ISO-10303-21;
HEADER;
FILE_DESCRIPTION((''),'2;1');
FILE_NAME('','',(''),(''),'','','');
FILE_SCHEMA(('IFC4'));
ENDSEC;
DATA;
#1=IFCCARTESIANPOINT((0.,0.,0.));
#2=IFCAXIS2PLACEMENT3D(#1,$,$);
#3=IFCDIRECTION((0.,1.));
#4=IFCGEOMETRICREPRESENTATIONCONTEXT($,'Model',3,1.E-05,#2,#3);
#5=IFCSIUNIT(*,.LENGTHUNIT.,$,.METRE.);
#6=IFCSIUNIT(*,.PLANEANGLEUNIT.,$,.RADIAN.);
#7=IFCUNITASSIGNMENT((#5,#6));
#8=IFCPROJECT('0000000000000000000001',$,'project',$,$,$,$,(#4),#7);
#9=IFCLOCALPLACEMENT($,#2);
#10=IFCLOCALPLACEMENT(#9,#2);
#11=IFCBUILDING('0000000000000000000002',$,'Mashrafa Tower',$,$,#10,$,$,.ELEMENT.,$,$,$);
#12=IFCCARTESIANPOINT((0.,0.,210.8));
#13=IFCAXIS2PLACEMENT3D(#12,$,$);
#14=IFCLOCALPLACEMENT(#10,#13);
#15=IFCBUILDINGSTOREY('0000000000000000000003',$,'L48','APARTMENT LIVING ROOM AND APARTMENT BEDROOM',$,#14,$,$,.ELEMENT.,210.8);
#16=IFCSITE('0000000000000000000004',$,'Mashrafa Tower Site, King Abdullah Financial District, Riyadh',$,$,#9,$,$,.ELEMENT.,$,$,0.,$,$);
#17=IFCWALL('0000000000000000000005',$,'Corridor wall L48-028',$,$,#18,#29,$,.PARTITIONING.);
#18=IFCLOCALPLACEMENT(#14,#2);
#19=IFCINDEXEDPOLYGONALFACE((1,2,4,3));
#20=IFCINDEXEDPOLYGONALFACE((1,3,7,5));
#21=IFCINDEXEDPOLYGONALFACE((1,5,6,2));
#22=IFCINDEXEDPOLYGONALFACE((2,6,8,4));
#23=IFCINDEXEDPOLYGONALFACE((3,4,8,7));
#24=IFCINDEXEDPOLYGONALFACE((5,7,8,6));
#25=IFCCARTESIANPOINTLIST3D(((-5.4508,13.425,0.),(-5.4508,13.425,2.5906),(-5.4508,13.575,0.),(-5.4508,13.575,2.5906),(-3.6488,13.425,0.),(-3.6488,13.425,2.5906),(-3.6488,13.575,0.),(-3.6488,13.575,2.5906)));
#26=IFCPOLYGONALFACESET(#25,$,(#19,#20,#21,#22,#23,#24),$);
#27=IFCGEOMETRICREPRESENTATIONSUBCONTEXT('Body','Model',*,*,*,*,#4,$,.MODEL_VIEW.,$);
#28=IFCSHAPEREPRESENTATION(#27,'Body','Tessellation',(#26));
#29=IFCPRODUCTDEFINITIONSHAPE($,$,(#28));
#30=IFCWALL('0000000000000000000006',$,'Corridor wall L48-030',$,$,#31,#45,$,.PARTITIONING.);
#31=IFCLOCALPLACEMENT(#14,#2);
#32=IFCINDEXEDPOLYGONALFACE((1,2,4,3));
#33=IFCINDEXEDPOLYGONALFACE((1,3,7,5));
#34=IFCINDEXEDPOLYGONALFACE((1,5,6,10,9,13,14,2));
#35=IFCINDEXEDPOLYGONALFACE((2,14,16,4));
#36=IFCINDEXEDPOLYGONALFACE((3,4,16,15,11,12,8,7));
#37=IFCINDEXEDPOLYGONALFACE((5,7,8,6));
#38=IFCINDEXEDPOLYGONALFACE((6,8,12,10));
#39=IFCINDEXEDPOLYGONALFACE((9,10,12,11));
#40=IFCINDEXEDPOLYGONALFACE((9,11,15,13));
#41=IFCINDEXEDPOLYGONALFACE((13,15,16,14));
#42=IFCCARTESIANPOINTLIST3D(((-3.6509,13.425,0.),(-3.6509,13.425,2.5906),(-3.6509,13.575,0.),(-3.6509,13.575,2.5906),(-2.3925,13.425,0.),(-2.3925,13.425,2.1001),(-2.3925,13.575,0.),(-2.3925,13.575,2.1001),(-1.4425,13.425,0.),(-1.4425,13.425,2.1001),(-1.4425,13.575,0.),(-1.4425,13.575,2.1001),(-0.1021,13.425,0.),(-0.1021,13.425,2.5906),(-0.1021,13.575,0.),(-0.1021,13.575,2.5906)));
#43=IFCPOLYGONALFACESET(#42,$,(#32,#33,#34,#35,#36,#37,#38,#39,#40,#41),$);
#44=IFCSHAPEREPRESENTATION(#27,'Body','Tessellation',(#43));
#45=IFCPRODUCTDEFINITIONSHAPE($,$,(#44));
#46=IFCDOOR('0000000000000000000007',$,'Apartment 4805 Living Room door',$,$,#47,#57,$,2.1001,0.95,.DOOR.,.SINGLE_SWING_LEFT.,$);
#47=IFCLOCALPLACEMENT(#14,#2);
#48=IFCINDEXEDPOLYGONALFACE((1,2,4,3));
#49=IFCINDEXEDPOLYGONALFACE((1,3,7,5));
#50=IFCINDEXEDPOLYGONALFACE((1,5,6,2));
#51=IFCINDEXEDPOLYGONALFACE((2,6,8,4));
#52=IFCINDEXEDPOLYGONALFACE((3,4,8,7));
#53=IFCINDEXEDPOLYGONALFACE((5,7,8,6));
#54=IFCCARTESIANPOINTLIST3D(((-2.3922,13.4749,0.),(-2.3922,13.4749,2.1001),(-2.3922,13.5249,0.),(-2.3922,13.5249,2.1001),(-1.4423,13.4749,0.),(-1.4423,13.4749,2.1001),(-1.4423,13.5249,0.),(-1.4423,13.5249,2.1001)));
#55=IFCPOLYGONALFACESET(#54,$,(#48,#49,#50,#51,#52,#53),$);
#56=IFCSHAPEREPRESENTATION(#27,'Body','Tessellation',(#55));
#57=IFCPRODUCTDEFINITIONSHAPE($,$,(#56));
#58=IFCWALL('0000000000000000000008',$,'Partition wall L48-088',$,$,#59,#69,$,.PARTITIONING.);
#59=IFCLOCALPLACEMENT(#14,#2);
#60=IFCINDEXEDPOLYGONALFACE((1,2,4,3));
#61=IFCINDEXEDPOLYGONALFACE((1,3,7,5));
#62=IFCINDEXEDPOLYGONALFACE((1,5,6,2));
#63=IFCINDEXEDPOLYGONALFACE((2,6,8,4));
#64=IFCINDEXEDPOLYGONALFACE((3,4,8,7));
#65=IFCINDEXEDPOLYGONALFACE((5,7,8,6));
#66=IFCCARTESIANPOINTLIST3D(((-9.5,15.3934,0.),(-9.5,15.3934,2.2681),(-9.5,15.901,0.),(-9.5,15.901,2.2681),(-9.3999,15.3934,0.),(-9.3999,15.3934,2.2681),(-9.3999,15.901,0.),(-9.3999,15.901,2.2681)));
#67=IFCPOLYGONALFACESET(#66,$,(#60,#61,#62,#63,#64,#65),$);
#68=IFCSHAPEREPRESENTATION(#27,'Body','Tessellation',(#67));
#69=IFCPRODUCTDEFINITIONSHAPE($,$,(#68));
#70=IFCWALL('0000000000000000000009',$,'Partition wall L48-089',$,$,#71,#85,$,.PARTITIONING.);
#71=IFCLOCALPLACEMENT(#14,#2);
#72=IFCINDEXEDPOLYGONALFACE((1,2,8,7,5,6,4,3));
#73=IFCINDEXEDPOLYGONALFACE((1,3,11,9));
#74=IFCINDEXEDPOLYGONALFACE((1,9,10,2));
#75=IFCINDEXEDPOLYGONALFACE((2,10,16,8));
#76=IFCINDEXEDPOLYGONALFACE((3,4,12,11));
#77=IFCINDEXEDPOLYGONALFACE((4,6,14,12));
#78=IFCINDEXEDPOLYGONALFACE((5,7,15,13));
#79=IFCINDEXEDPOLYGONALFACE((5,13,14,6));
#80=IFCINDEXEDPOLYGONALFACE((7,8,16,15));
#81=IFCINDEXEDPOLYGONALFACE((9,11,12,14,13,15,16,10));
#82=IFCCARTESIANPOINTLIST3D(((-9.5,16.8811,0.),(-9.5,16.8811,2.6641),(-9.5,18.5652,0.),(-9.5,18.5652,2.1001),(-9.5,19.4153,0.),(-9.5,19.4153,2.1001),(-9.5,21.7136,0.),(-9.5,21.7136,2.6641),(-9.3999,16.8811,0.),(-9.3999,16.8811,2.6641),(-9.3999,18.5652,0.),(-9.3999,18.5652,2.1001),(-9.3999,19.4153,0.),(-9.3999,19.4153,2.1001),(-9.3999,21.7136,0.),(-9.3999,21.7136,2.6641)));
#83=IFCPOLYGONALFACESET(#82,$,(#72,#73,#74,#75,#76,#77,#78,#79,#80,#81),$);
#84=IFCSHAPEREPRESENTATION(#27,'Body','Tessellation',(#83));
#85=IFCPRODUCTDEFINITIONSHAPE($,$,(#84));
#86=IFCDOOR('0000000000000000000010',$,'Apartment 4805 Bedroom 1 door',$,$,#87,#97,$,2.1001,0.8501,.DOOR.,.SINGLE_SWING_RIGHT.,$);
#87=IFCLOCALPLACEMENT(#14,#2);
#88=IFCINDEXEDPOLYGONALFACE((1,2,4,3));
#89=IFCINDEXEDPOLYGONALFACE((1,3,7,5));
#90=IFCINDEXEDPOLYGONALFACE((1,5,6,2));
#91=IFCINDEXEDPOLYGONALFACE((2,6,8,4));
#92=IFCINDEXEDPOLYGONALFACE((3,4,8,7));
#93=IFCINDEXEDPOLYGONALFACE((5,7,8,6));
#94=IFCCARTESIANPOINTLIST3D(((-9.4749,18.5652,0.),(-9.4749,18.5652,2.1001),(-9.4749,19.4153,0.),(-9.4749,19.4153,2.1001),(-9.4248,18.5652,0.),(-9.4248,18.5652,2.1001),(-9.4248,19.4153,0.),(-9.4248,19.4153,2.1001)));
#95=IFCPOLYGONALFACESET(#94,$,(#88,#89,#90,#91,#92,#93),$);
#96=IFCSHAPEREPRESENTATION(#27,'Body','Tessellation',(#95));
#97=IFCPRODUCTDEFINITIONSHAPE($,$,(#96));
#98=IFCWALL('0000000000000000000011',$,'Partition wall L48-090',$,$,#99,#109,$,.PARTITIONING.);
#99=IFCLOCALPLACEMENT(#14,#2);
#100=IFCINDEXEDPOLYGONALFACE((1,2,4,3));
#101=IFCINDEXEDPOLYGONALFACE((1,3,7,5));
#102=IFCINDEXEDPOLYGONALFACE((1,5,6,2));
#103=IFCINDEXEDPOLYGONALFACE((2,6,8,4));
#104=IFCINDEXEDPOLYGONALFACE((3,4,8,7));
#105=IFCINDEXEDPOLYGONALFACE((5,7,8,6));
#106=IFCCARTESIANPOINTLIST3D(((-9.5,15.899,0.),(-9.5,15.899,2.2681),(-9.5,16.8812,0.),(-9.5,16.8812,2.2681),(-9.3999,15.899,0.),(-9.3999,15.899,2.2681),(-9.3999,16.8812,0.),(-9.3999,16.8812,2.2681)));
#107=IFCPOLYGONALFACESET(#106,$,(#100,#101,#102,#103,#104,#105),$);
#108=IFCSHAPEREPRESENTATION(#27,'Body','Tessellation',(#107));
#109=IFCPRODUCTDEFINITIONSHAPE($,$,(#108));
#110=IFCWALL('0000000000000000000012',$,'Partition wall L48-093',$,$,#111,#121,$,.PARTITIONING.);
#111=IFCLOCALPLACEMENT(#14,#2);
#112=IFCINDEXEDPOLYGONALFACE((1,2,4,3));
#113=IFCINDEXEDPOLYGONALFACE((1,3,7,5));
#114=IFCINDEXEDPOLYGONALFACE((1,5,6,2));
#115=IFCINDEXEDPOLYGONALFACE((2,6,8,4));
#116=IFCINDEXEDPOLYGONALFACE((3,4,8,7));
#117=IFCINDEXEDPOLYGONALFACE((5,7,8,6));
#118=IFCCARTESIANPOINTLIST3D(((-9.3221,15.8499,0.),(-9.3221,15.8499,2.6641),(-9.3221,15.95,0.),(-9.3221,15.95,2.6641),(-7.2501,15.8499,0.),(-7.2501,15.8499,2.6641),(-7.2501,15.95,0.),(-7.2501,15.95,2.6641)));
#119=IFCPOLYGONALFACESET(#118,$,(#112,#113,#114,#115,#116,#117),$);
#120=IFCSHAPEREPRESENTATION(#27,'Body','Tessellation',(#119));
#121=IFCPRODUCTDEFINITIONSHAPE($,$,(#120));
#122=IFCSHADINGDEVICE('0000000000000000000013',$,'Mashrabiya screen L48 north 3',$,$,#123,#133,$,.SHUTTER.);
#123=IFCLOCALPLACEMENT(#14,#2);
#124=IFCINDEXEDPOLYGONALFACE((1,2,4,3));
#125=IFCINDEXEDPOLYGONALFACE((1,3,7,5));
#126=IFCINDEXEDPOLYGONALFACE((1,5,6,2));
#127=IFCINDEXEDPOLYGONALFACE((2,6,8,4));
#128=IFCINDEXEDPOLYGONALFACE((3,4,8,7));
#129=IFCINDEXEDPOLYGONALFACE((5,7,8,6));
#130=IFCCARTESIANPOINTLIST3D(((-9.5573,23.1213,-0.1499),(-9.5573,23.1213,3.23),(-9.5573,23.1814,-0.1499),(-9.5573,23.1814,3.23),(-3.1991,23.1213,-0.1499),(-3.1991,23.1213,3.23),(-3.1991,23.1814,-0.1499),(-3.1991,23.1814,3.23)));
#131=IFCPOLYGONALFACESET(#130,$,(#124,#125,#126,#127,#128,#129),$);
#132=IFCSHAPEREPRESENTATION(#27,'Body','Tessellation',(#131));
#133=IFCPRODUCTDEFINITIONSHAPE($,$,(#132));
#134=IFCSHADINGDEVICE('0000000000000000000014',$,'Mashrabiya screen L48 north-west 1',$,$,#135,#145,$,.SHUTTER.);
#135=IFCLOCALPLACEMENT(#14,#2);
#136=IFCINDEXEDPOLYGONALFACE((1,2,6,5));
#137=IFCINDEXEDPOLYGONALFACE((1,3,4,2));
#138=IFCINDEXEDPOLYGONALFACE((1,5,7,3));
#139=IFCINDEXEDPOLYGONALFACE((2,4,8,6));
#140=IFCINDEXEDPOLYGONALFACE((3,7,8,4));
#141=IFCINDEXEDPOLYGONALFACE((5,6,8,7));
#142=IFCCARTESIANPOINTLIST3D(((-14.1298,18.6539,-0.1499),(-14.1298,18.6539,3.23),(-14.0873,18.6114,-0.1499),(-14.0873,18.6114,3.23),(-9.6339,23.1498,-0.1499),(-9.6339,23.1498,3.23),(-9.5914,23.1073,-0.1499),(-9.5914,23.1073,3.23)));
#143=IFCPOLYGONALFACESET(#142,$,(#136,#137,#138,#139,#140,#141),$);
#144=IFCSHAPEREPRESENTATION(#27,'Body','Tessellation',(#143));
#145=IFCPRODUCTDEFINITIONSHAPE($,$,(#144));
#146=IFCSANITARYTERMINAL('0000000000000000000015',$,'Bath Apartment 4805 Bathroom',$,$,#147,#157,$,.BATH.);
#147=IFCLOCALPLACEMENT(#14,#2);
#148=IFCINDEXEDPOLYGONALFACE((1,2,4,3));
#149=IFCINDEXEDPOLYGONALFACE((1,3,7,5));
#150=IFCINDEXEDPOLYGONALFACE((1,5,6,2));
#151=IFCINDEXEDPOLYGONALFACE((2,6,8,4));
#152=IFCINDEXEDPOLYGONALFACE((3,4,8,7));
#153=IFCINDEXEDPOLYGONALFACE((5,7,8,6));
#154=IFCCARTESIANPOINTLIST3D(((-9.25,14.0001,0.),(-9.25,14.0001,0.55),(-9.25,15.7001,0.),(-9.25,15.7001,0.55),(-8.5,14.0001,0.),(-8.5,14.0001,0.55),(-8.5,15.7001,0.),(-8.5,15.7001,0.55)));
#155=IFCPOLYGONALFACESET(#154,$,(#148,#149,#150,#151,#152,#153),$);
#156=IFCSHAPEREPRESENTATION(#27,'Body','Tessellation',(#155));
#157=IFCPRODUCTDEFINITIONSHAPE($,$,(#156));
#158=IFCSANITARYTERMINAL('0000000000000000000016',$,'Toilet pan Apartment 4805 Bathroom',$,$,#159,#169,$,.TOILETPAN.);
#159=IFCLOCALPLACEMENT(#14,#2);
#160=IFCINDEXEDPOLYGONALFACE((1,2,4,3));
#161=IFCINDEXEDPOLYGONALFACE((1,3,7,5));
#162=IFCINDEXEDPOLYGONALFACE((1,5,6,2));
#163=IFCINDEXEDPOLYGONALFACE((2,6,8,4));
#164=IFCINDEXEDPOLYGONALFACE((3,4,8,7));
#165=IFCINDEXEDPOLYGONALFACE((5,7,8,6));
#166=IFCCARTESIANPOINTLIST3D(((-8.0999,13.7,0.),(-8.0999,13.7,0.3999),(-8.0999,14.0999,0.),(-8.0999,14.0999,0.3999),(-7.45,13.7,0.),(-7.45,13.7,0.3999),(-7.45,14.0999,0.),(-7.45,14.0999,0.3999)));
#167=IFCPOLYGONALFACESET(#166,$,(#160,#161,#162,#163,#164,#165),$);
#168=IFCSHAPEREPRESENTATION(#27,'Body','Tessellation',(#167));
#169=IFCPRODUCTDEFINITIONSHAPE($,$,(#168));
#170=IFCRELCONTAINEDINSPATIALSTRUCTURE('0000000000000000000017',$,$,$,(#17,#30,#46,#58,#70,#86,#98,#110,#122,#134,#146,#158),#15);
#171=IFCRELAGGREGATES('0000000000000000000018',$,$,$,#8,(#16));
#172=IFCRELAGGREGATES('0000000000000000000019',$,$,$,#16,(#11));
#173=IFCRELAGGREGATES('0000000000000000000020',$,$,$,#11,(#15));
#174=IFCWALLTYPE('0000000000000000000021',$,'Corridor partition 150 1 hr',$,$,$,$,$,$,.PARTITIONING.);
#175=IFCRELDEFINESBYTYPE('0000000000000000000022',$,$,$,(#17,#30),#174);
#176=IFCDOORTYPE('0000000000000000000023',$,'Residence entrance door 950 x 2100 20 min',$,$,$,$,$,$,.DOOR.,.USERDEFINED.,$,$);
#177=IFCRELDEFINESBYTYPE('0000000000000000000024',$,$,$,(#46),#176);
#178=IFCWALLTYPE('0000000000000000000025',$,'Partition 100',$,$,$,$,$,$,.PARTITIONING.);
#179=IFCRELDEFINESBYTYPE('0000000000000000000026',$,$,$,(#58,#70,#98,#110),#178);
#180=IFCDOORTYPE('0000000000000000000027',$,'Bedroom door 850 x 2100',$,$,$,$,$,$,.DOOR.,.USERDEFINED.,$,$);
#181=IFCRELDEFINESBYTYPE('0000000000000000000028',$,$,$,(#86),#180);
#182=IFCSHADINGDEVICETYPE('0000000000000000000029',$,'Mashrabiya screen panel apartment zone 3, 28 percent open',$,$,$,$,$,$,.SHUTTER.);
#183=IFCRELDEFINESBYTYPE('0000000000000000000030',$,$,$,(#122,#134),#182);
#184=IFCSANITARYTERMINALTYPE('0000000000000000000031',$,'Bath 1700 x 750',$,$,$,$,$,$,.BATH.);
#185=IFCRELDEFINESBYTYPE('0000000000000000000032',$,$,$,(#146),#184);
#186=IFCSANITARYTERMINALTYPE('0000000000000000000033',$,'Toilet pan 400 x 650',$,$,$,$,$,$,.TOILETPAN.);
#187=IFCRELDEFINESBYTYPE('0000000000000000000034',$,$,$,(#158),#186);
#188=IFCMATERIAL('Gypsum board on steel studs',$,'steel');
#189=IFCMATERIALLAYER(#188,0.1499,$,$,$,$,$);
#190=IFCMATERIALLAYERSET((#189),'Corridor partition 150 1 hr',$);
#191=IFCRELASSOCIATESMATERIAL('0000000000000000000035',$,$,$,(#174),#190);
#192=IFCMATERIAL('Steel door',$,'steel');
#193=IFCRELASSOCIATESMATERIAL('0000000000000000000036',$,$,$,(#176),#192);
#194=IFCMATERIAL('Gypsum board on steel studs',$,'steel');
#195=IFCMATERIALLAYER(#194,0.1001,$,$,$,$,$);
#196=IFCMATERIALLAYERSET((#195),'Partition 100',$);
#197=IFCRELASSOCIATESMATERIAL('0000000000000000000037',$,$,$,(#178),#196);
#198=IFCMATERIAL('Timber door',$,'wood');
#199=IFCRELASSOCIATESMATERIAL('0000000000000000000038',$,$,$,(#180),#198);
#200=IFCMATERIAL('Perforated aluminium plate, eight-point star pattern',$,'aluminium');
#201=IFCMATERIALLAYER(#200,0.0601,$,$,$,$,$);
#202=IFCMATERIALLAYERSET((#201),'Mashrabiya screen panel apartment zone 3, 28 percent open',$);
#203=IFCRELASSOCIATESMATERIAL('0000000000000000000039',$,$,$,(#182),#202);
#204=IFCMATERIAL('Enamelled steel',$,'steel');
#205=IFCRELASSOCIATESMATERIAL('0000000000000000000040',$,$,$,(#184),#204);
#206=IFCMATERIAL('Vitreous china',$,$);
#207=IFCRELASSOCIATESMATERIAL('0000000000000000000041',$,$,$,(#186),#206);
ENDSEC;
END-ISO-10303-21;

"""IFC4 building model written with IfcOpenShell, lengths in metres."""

from ifc_helpers import new_model, si_unit, direction, frame, frame_2d, origin, origin_2d, place, context, subcontext, project, spatial, rectangle, extrude, source, transform, mapped, material, layer, layer_set, type_object, type_shapes, element, fill, save


model = new_model("IFC4")

# Units and contexts
model_context = context("Model", 3, precision=1e-05, world=origin(), true_north=direction((0.0, 1.0)))
body_context = subcontext(model_context, "Body", "Model", "MODEL_VIEW")
ifc_project = project(units=[si_unit("LENGTHUNIT", "METRE"), si_unit("PLANEANGLEUNIT", "RADIAN")], contexts=[model_context])

# Site, building, storey
site_placement = place(None, origin())
site = spatial("IfcSite", under=ifc_project, at=site_placement, Name="Mashrafa Tower Site, King Abdullah Financial District, Riyadh", CompositionType="ELEMENT", RefElevation=0.0)
building_placement = place(site_placement, origin())
building = spatial("IfcBuilding", under=site, at=building_placement, Name="Mashrafa Tower", CompositionType="ELEMENT")
storey_placement = place(building_placement, frame((0.0, 0.0, 210.8)))
storey = spatial("IfcBuildingStorey", under=building, at=storey_placement, Name="L48", Description="APARTMENT LIVING ROOM AND APARTMENT BEDROOM", CompositionType="ELEMENT", Elevation=210.8)

# Wall
ifc_material_1 = material(Name="Gypsum board on steel studs", Category="steel")
ifc_layer_1 = layer(ifc_material_1, 0.1499)
ifc_layer_set_1 = layer_set([ifc_layer_1], Name="Corridor partition 150 1 hr")
wall_type_1 = type_object("IfcWallType", Name="Corridor partition 150 1 hr", PredefinedType="PARTITIONING", material=ifc_layer_set_1)
wall_1_placement = place(storey_placement, frame((-3.6489, 13.5, 0.0), z_axis=(0.0, 0.0, 1.0), x_axis=(-1.0, 0.0, 0.0)))
element("IfcWall", 1, at=wall_1_placement, inside=storey, type_object=wall_type_1, Name="Corridor wall L48-028", PredefinedType="PARTITIONING", context=body_context, shape_type="SweptSolid", body=[
    extrude(rectangle(XDim=1.802, YDim=0.1499, at=frame_2d((0.9009, 0.0))), origin(), (0.0, 0.0, 1.0), 2.5906),
])

# Wall, opening, door
wall_2_placement = place(storey_placement, frame((-0.1021, 13.5, 0.0), z_axis=(0.0, 0.0, 1.0), x_axis=(-1.0, 0.0, 0.0)))
wall_2 = element("IfcWall", 2, at=wall_2_placement, inside=storey, type_object=wall_type_1, Name="Corridor wall L48-030", PredefinedType="PARTITIONING", context=body_context, shape_type="SweptSolid", body=[
    extrude(rectangle(XDim=3.5488, YDim=0.1499, at=frame_2d((1.7744, 0.0))), origin(), (0.0, 0.0, 1.0), 2.5906),
])
opening_1_placement = place(wall_2_placement, frame((1.3403, 0.0, 0.0)))
opening_1 = element("IfcOpeningElement", 3, at=opening_1_placement, cuts=wall_2, PredefinedType="OPENING", context=body_context, shape_type="SweptSolid", body=[
    extrude(rectangle(XDim=0.95, YDim=2.1001, at=frame_2d((0.4751, 1.05))), frame((0.0, 0.085, 0.0), z_axis=(0.0, -1.0, 0.0), x_axis=(1.0, 0.0, 0.0)), (0.0, 0.0, 1.0), 0.1699),
])
ifc_material_2 = material(Name="Steel door", Category="steel")
door_type_1 = type_object("IfcDoorType", Name="Residence entrance door 950 x 2100 20 min", OperationType="USERDEFINED", PredefinedType="DOOR", material=ifc_material_2)
door_1_placement = place(opening_1_placement, frame((0.95, 0.0, 0.0), z_axis=(0.0, 0.0, 1.0), x_axis=(-1.0, 0.0, 0.0)))
door_1 = element("IfcDoor", 4, at=door_1_placement, inside=storey, type_object=door_type_1, Name="Apartment 4805 Living Room door", OperationType="SINGLE_SWING_LEFT", OverallHeight=2.1001, OverallWidth=0.95, PredefinedType="DOOR", context=body_context, shape_type="SweptSolid", body=[
    extrude(rectangle(XDim=0.95, YDim=2.1001, at=frame_2d((0.4751, 1.05))), frame((0.0, 0.0249, 0.0), z_axis=(0.0, -1.0, 0.0), x_axis=(1.0, 0.0, 0.0)), (0.0, 0.0, 1.0), 0.05),
])
fill(opening_1, door_1)

# Wall
ifc_material_3 = material(Name="Gypsum board on steel studs", Category="steel")
ifc_layer_2 = layer(ifc_material_3, 0.1001)
ifc_layer_set_2 = layer_set([ifc_layer_2], Name="Partition 100")
wall_type_2 = type_object("IfcWallType", Name="Partition 100", PredefinedType="PARTITIONING", material=ifc_layer_set_2)
wall_3_placement = place(storey_placement, frame((-9.45, 15.3933, 0.0), z_axis=(0.0, 0.0, 1.0), x_axis=(0.0, 1.0, 0.0)))
element("IfcWall", 5, at=wall_3_placement, inside=storey, type_object=wall_type_2, Name="Partition wall L48-088", PredefinedType="PARTITIONING", context=body_context, shape_type="SweptSolid", body=[
    extrude(rectangle(XDim=0.5076, YDim=0.1001, at=frame_2d((0.2539, 0.0))), origin(), (0.0, 0.0, 1.0), 2.2681),
])

# Wall, opening, door
wall_4_placement = place(storey_placement, frame((-9.45, 16.8811, 0.0), z_axis=(0.0, 0.0, 1.0), x_axis=(0.0, 1.0, 0.0)))
wall_4 = element("IfcWall", 6, at=wall_4_placement, inside=storey, type_object=wall_type_2, Name="Partition wall L48-089", PredefinedType="PARTITIONING", context=body_context, shape_type="SweptSolid", body=[
    extrude(rectangle(XDim=4.8325, YDim=0.1001, at=frame_2d((2.4163, 0.0))), origin(), (0.0, 0.0, 1.0), 2.6641),
])
opening_2_placement = place(wall_4_placement, frame((1.6841, 0.0, 0.0)))
opening_2 = element("IfcOpeningElement", 7, at=opening_2_placement, cuts=wall_4, PredefinedType="OPENING", context=body_context, shape_type="SweptSolid", body=[
    extrude(rectangle(XDim=0.8501, YDim=2.1001, at=frame_2d((0.425, 1.05))), frame((0.0, 0.0601, 0.0), z_axis=(0.0, -1.0, 0.0), x_axis=(1.0, 0.0, 0.0)), (0.0, 0.0, 1.0), 0.1201),
])
ifc_material_4 = material(Name="Timber door", Category="wood")
door_type_2 = type_object("IfcDoorType", Name="Bedroom door 850 x 2100", OperationType="USERDEFINED", PredefinedType="DOOR", material=ifc_material_4)
door_2_placement = place(opening_2_placement, origin())
door_2 = element("IfcDoor", 8, at=door_2_placement, inside=storey, type_object=door_type_2, Name="Apartment 4805 Bedroom 1 door", OperationType="SINGLE_SWING_RIGHT", OverallHeight=2.1001, OverallWidth=0.8501, PredefinedType="DOOR", context=body_context, shape_type="SweptSolid", body=[
    extrude(rectangle(XDim=0.8501, YDim=2.1001, at=frame_2d((0.425, 1.05))), frame((0.0, 0.0249, 0.0), z_axis=(0.0, -1.0, 0.0), x_axis=(1.0, 0.0, 0.0)), (0.0, 0.0, 1.0), 0.05),
])
fill(opening_2, door_2)

# Walls
wall_5_placement = place(storey_placement, frame((-9.45, 15.8989, 0.0), z_axis=(0.0, 0.0, 1.0), x_axis=(0.0, 1.0, 0.0)))
element("IfcWall", 9, at=wall_5_placement, inside=storey, type_object=wall_type_2, Name="Partition wall L48-090", PredefinedType="PARTITIONING", context=body_context, shape_type="SweptSolid", body=[
    extrude(rectangle(XDim=0.9822, YDim=0.1001, at=frame_2d((0.4912, 0.0))), origin(), (0.0, 0.0, 1.0), 2.2681),
])
wall_6_placement = place(storey_placement, frame((-7.25, 15.8999, 0.0), z_axis=(0.0, 0.0, 1.0), x_axis=(-1.0, 0.0, 0.0)))
element("IfcWall", 10, at=wall_6_placement, inside=storey, type_object=wall_type_2, Name="Partition wall L48-093", PredefinedType="PARTITIONING", context=body_context, shape_type="SweptSolid", body=[
    extrude(rectangle(XDim=2.072, YDim=0.1001, at=frame_2d((1.0361, 0.0))), origin(), (0.0, 0.0, 1.0), 2.6641),
])

# Shading devices
ifc_material_5 = material(Name="Perforated aluminium plate, eight-point star pattern", Category="aluminium")
ifc_layer_3 = layer(ifc_material_5, 0.0601)
ifc_layer_set_3 = layer_set([ifc_layer_3], Name="Mashrabiya screen panel apartment zone 3, 28 percent open")
shading_device_type = type_object("IfcShadingDeviceType", Name="Mashrabiya screen panel apartment zone 3, 28 percent open", PredefinedType="SHUTTER", material=ifc_layer_set_3)
shared_shape_1 = source(origin(), body_context, "Body", "SweptSolid", [
    extrude(rectangle(XDim=6.3582, YDim=0.0601, at=origin_2d()), origin(), (0.0, 0.0, 1.0), 3.3799),
])
type_shapes(shading_device_type, [shared_shape_1])
for number, where, z_axis, x_axis, name in (
    (11, (-6.3782, 23.1514, -0.1499), (0.0, 0.0, 1.0), (-1.0, 0.0, 0.0), "Mashrabiya screen L48 north 3"),
    (12, (-11.8606, 20.8806, -0.1499), (0.0, 0.0, 1.0), (-0.707107, -0.707107, 0.0), "Mashrabiya screen L48 north-west 1"),
):
    element("IfcShadingDevice", number, at=place(storey_placement, frame(where, z_axis=z_axis, x_axis=x_axis)), inside=storey, type_object=shading_device_type, Name=name, PredefinedType="SHUTTER", context=body_context, shape_type="MappedRepresentation", body=[
        mapped(shared_shape_1, transform((0.0, 0.0, 0.0))),
    ])

# Sanitary terminals
ifc_material_6 = material(Name="Enamelled steel", Category="steel")
sanitary_terminal_type_1 = type_object("IfcSanitaryTerminalType", Name="Bath 1700 x 750", PredefinedType="BATH", material=ifc_material_6)
sanitary_terminal_1_placement = place(storey_placement, frame((-8.875, 14.8501, 0.0), z_axis=(0.0, 0.0, 1.0), x_axis=(0.0, -1.0, 0.0)))
element("IfcSanitaryTerminal", 13, at=sanitary_terminal_1_placement, inside=storey, type_object=sanitary_terminal_type_1, Name="Bath Apartment 4805 Bathroom", PredefinedType="BATH", context=body_context, shape_type="SweptSolid", body=[
    extrude(rectangle(XDim=1.7, YDim=0.75, at=origin_2d()), origin(), (0.0, 0.0, 1.0), 0.55),
])
ifc_material_7 = material(Name="Vitreous china")
sanitary_terminal_type_2 = type_object("IfcSanitaryTerminalType", Name="Toilet pan 400 x 650", PredefinedType="TOILETPAN", material=ifc_material_7)
sanitary_terminal_2_placement = place(storey_placement, frame((-7.7749, 13.8999, 0.0), z_axis=(0.0, 0.0, 1.0), x_axis=(0.0, 1.0, 0.0)))
element("IfcSanitaryTerminal", 14, at=sanitary_terminal_2_placement, inside=storey, type_object=sanitary_terminal_type_2, Name="Toilet pan Apartment 4805 Bathroom", PredefinedType="TOILETPAN", context=body_context, shape_type="SweptSolid", body=[
    extrude(rectangle(XDim=0.3999, YDim=0.6499, at=origin_2d()), origin(), (0.0, 0.0, 1.0), 0.3999),
])

save(model, "model.ifc")
